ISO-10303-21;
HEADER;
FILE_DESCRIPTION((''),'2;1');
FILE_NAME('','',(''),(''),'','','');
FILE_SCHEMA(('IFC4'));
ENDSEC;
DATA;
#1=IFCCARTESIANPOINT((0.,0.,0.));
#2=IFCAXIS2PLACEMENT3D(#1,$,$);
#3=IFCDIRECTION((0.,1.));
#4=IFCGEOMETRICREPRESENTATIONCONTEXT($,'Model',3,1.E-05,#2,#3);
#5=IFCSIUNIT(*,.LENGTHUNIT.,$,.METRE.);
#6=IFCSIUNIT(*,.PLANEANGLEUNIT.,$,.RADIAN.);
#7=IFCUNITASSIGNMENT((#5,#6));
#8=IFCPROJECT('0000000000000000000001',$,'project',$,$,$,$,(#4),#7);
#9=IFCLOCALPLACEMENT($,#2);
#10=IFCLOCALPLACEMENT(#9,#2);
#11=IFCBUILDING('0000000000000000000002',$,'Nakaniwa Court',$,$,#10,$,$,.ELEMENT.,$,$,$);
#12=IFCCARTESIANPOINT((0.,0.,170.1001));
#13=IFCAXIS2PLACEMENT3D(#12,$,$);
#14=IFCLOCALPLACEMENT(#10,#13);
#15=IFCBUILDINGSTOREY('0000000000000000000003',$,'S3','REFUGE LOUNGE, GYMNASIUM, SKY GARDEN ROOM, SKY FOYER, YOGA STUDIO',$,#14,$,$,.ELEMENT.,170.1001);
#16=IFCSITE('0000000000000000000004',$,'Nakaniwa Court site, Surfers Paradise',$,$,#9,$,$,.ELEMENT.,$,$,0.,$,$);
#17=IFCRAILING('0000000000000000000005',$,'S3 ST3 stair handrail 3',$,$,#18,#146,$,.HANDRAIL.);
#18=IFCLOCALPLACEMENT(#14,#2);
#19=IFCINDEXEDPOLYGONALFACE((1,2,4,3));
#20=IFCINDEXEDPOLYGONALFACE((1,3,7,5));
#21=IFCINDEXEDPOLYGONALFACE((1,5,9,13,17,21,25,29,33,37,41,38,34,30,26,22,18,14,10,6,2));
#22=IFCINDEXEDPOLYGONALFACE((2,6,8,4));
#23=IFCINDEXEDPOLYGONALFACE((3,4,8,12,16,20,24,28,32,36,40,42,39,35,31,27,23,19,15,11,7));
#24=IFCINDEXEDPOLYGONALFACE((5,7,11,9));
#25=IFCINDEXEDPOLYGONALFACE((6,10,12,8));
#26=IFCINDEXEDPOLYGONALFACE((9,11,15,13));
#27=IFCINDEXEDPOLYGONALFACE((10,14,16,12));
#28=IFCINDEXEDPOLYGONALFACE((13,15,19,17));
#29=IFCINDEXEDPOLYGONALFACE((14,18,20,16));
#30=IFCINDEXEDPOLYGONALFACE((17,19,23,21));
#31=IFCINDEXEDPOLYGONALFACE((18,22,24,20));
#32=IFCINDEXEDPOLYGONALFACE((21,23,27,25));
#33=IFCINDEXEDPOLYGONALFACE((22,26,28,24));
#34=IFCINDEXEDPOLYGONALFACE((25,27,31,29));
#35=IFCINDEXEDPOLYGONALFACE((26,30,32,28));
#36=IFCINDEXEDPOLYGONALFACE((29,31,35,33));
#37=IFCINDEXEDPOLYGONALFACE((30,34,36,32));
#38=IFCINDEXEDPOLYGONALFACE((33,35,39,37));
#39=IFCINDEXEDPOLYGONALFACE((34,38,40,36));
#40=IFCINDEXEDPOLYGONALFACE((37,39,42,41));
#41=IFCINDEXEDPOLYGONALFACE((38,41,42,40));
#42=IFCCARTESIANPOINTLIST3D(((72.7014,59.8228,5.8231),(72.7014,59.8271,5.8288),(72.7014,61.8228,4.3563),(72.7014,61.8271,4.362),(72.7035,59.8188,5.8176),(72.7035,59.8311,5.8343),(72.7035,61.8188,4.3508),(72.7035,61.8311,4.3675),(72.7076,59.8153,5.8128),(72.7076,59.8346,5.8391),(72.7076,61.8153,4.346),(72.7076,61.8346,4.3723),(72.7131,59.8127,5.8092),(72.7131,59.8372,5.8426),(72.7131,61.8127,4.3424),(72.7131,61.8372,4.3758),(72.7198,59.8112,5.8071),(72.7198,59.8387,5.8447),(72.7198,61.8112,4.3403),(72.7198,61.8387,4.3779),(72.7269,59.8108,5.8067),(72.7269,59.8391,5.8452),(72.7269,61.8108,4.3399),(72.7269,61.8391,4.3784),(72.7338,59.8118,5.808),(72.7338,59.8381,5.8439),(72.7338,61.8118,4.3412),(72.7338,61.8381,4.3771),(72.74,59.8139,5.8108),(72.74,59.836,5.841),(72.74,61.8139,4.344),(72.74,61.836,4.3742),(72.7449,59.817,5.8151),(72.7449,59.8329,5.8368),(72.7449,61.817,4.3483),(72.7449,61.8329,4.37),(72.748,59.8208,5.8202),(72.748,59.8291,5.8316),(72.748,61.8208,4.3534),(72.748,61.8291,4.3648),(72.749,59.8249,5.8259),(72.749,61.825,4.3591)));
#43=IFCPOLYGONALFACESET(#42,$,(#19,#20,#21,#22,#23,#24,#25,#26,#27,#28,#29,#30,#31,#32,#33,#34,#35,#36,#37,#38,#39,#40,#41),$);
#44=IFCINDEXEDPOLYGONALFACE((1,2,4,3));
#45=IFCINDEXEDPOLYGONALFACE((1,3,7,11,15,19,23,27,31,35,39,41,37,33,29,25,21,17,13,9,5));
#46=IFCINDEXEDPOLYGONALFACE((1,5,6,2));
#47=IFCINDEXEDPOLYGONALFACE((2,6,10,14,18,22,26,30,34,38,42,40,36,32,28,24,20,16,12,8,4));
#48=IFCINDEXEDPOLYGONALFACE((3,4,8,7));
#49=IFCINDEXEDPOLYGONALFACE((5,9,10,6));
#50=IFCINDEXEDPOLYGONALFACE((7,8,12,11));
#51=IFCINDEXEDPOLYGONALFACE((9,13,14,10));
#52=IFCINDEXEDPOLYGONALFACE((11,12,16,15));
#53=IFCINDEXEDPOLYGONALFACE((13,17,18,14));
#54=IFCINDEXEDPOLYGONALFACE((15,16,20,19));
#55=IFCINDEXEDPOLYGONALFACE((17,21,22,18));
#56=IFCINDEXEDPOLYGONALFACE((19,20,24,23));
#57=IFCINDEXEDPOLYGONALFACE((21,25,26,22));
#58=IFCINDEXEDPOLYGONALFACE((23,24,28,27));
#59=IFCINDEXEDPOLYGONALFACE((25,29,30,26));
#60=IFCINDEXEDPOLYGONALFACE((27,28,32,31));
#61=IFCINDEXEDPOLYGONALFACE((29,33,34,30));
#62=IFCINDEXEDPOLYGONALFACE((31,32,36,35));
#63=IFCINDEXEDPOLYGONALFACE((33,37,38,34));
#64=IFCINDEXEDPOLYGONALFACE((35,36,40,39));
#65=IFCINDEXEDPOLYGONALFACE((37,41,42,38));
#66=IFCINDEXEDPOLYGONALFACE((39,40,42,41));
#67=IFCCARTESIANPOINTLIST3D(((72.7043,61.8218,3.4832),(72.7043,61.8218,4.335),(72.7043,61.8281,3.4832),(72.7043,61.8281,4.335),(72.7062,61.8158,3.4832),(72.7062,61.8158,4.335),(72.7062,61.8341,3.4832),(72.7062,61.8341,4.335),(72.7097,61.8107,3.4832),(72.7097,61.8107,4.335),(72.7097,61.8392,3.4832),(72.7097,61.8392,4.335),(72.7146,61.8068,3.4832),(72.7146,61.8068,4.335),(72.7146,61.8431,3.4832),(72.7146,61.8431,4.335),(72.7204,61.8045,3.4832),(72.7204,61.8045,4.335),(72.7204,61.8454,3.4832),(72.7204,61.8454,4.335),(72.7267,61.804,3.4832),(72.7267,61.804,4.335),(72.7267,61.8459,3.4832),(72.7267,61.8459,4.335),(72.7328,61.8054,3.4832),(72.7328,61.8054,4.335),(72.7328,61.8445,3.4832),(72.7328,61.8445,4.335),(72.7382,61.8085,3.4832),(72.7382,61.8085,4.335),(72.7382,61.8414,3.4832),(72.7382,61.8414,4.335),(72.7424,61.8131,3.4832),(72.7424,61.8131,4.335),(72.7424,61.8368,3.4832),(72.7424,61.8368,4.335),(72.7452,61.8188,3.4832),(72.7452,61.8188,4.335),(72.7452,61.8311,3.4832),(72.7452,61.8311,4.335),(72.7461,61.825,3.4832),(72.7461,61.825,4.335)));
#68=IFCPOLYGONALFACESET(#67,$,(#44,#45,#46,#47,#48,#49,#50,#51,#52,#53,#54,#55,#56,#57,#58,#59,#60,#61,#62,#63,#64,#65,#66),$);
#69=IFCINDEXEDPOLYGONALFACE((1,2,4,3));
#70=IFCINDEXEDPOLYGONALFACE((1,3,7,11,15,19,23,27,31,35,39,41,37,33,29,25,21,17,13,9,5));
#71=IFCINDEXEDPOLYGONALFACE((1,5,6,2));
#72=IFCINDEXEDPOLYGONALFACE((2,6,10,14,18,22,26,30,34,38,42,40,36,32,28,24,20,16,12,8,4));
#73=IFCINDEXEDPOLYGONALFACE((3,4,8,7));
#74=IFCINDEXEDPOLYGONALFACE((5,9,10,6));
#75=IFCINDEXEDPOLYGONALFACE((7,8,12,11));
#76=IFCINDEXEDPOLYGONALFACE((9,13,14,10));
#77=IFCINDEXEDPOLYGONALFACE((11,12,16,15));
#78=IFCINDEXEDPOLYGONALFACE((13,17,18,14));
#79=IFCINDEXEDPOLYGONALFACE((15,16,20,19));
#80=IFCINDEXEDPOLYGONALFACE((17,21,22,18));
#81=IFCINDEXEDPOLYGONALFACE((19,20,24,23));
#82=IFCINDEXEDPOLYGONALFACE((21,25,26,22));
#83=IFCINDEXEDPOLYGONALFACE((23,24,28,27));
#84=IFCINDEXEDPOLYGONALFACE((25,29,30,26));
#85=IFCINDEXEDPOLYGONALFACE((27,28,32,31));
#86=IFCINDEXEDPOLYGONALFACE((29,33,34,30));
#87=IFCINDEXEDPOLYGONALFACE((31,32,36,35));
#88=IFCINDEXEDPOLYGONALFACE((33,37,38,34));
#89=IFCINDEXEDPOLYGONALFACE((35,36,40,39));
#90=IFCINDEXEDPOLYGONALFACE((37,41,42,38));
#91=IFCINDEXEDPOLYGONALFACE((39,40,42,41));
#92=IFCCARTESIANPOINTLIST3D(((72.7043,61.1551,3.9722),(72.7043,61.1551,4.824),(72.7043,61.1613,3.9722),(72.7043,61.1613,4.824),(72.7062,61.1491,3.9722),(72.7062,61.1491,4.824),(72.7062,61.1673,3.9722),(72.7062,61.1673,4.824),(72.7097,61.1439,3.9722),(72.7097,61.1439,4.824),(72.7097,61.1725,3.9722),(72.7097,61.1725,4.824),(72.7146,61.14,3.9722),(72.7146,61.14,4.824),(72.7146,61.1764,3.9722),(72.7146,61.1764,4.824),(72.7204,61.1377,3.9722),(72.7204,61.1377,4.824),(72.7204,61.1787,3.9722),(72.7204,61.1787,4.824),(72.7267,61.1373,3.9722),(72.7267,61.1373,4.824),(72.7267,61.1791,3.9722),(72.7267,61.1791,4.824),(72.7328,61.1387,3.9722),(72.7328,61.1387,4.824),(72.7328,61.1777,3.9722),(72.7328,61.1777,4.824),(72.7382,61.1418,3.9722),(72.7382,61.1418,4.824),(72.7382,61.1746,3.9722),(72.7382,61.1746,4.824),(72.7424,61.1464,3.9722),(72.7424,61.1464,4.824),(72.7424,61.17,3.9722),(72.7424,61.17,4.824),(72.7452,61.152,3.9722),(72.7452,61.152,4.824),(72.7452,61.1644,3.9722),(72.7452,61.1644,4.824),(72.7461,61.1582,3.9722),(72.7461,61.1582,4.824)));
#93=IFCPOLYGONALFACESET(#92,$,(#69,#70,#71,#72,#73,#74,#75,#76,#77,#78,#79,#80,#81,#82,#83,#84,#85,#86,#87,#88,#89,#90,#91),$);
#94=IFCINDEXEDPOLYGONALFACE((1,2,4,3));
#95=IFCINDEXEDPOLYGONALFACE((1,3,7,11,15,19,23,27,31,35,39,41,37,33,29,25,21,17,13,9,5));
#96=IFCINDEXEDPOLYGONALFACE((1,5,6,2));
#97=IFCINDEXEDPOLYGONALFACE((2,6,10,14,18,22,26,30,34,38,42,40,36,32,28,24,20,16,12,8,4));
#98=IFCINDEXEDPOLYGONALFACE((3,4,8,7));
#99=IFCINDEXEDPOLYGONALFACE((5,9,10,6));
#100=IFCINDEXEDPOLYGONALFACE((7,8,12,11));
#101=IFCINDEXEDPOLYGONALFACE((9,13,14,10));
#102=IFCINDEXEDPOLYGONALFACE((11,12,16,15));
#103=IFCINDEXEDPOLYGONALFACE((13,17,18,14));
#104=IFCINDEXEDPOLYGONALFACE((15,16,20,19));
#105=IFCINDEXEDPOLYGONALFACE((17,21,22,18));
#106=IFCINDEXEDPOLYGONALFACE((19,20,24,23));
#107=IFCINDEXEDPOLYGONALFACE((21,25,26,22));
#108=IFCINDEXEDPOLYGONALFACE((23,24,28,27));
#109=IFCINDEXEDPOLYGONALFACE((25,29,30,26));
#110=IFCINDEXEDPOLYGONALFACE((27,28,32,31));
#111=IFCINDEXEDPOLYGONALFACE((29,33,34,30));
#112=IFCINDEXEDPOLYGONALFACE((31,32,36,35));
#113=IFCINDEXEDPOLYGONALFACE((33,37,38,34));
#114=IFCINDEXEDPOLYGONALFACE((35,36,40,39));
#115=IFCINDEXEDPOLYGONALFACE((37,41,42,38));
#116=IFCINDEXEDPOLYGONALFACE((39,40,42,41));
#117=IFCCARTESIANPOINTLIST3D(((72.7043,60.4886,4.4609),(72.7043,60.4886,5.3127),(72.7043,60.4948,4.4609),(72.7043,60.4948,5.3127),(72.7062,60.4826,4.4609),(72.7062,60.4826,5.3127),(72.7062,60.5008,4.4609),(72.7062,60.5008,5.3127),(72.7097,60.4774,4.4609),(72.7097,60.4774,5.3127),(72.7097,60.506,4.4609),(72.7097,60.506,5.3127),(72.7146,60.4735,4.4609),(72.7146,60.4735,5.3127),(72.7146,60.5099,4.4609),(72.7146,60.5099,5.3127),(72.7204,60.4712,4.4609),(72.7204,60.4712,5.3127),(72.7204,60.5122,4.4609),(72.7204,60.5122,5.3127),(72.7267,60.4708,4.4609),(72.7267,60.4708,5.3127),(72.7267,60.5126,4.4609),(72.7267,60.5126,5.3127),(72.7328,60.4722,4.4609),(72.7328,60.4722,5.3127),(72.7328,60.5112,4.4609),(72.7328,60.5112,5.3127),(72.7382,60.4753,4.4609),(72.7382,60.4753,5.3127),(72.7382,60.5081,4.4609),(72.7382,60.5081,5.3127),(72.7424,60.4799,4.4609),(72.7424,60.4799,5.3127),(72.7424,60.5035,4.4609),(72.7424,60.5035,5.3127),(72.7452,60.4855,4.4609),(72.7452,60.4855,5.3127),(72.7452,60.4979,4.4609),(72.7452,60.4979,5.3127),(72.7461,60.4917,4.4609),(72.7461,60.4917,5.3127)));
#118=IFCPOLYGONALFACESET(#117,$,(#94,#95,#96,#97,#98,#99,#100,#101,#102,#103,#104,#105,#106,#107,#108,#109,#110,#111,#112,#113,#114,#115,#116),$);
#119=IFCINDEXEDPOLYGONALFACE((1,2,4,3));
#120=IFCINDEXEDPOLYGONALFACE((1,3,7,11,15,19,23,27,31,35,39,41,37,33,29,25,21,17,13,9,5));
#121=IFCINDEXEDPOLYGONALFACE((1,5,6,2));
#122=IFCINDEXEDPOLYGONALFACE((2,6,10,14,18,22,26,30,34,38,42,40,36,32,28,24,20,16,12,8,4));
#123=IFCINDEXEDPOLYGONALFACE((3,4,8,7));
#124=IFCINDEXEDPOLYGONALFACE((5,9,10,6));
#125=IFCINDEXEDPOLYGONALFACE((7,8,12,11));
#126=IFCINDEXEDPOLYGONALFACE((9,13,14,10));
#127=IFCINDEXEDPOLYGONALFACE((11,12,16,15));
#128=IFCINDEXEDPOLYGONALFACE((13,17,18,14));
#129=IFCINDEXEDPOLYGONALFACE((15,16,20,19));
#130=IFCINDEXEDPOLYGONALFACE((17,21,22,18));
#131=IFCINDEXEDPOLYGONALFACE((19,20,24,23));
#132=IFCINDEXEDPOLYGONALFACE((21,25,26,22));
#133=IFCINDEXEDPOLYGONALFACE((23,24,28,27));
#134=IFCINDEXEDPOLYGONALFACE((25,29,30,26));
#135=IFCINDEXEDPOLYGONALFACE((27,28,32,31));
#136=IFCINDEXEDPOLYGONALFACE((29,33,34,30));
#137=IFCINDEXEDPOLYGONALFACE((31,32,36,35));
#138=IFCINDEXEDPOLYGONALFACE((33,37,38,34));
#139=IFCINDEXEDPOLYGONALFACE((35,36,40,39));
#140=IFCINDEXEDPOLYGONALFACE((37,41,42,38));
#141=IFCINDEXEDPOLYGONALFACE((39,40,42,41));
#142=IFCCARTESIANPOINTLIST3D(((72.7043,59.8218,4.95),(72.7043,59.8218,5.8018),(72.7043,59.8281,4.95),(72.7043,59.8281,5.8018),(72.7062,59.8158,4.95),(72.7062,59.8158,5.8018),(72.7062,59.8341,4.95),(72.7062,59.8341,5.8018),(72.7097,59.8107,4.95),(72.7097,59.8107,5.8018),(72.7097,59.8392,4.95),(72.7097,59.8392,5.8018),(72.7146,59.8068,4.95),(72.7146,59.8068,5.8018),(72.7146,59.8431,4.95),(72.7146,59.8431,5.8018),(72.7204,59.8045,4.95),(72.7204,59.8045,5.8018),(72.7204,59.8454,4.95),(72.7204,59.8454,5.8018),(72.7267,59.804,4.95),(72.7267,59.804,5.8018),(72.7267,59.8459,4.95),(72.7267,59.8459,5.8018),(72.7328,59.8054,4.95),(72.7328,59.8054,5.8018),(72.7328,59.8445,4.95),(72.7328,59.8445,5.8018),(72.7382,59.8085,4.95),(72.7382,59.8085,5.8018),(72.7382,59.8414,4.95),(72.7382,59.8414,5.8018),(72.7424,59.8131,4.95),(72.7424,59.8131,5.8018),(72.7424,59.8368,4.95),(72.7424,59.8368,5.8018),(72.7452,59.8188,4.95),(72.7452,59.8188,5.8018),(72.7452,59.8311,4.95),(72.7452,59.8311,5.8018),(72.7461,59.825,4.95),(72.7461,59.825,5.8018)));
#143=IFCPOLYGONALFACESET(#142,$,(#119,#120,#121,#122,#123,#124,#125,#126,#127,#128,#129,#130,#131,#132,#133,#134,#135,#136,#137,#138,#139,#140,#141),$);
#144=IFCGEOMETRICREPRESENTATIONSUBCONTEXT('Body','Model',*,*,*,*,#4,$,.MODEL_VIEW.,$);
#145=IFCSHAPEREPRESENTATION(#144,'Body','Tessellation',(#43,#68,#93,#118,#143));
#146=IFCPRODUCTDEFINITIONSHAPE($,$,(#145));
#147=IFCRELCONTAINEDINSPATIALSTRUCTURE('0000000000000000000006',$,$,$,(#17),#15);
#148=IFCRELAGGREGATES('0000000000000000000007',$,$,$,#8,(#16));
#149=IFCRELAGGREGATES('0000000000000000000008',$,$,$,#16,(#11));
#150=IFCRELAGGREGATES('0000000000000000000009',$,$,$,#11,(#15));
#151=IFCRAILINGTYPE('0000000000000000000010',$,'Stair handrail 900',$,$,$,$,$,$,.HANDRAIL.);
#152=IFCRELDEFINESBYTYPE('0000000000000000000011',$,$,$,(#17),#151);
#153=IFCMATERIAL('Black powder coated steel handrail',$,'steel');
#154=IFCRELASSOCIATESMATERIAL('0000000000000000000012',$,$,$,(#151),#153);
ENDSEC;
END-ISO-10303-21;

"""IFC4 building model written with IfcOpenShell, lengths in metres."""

from ifc_helpers import new_model, si_unit, direction, frame, origin, origin_2d, place, context, subcontext, project, spatial, circle, extrude, material, type_object, element, save


model = new_model("IFC4")

# Units and contexts
model_context = context("Model", 3, precision=1e-05, world=origin(), true_north=direction((0.0, 1.0)))
body_context = subcontext(model_context, "Body", "Model", "MODEL_VIEW")
ifc_project = project(units=[si_unit("LENGTHUNIT", "METRE"), si_unit("PLANEANGLEUNIT", "RADIAN")], contexts=[model_context])

# Site, building, storey
site_placement = place(None, origin())
site = spatial("IfcSite", under=ifc_project, at=site_placement, Name="Nakaniwa Court site, Surfers Paradise", CompositionType="ELEMENT", RefElevation=0.0)
building_placement = place(site_placement, origin())
building = spatial("IfcBuilding", under=site, at=building_placement, Name="Nakaniwa Court", CompositionType="ELEMENT")
storey_placement = place(building_placement, frame((0.0, 0.0, 170.1001)))
storey = spatial("IfcBuildingStorey", under=building, at=storey_placement, Name="S3", Description="REFUGE LOUNGE, GYMNASIUM, SKY GARDEN ROOM, SKY FOYER, YOGA STUDIO", CompositionType="ELEMENT", Elevation=170.1001)

# Railing
ifc_material_1 = material(Name="Black powder coated steel handrail", Category="steel")
railing_type_1 = type_object("IfcRailingType", Name="Stair handrail 900", PredefinedType="HANDRAIL", material=ifc_material_1)
railing_1_placement = place(storey_placement, frame((72.7251, 61.825, 3.4832)))
element("IfcRailing", 1, at=railing_1_placement, inside=storey, type_object=railing_type_1, Name="S3 ST3 stair handrail 3", PredefinedType="HANDRAIL", context=body_context, shape_type="SweptSolid", body=[
    extrude(circle(Radius=0.0239, at=origin_2d()), frame((0.0, 0.0, 0.876), z_axis=(0.0, -0.80638, 0.591398), x_axis=(1.0, 0.0, 0.0)), (0.0, 0.0, 1.0), 2.4802),
    extrude(circle(Radius=0.021, at=origin_2d()), origin(), (0.0, 0.0, 1.0), 0.8518),
    extrude(circle(Radius=0.021, at=origin_2d()), frame((0.0, -0.6667, 0.489)), (0.0, 0.0, 1.0), 0.8518),
    extrude(circle(Radius=0.021, at=origin_2d()), frame((0.0, -1.3333, 0.9778)), (0.0, 0.0, 1.0), 0.8518),
    extrude(circle(Radius=0.021, at=origin_2d()), frame((0.0, -2.0, 1.4668)), (0.0, 0.0, 1.0), 0.8518),
])

save(model, "model.ifc")
